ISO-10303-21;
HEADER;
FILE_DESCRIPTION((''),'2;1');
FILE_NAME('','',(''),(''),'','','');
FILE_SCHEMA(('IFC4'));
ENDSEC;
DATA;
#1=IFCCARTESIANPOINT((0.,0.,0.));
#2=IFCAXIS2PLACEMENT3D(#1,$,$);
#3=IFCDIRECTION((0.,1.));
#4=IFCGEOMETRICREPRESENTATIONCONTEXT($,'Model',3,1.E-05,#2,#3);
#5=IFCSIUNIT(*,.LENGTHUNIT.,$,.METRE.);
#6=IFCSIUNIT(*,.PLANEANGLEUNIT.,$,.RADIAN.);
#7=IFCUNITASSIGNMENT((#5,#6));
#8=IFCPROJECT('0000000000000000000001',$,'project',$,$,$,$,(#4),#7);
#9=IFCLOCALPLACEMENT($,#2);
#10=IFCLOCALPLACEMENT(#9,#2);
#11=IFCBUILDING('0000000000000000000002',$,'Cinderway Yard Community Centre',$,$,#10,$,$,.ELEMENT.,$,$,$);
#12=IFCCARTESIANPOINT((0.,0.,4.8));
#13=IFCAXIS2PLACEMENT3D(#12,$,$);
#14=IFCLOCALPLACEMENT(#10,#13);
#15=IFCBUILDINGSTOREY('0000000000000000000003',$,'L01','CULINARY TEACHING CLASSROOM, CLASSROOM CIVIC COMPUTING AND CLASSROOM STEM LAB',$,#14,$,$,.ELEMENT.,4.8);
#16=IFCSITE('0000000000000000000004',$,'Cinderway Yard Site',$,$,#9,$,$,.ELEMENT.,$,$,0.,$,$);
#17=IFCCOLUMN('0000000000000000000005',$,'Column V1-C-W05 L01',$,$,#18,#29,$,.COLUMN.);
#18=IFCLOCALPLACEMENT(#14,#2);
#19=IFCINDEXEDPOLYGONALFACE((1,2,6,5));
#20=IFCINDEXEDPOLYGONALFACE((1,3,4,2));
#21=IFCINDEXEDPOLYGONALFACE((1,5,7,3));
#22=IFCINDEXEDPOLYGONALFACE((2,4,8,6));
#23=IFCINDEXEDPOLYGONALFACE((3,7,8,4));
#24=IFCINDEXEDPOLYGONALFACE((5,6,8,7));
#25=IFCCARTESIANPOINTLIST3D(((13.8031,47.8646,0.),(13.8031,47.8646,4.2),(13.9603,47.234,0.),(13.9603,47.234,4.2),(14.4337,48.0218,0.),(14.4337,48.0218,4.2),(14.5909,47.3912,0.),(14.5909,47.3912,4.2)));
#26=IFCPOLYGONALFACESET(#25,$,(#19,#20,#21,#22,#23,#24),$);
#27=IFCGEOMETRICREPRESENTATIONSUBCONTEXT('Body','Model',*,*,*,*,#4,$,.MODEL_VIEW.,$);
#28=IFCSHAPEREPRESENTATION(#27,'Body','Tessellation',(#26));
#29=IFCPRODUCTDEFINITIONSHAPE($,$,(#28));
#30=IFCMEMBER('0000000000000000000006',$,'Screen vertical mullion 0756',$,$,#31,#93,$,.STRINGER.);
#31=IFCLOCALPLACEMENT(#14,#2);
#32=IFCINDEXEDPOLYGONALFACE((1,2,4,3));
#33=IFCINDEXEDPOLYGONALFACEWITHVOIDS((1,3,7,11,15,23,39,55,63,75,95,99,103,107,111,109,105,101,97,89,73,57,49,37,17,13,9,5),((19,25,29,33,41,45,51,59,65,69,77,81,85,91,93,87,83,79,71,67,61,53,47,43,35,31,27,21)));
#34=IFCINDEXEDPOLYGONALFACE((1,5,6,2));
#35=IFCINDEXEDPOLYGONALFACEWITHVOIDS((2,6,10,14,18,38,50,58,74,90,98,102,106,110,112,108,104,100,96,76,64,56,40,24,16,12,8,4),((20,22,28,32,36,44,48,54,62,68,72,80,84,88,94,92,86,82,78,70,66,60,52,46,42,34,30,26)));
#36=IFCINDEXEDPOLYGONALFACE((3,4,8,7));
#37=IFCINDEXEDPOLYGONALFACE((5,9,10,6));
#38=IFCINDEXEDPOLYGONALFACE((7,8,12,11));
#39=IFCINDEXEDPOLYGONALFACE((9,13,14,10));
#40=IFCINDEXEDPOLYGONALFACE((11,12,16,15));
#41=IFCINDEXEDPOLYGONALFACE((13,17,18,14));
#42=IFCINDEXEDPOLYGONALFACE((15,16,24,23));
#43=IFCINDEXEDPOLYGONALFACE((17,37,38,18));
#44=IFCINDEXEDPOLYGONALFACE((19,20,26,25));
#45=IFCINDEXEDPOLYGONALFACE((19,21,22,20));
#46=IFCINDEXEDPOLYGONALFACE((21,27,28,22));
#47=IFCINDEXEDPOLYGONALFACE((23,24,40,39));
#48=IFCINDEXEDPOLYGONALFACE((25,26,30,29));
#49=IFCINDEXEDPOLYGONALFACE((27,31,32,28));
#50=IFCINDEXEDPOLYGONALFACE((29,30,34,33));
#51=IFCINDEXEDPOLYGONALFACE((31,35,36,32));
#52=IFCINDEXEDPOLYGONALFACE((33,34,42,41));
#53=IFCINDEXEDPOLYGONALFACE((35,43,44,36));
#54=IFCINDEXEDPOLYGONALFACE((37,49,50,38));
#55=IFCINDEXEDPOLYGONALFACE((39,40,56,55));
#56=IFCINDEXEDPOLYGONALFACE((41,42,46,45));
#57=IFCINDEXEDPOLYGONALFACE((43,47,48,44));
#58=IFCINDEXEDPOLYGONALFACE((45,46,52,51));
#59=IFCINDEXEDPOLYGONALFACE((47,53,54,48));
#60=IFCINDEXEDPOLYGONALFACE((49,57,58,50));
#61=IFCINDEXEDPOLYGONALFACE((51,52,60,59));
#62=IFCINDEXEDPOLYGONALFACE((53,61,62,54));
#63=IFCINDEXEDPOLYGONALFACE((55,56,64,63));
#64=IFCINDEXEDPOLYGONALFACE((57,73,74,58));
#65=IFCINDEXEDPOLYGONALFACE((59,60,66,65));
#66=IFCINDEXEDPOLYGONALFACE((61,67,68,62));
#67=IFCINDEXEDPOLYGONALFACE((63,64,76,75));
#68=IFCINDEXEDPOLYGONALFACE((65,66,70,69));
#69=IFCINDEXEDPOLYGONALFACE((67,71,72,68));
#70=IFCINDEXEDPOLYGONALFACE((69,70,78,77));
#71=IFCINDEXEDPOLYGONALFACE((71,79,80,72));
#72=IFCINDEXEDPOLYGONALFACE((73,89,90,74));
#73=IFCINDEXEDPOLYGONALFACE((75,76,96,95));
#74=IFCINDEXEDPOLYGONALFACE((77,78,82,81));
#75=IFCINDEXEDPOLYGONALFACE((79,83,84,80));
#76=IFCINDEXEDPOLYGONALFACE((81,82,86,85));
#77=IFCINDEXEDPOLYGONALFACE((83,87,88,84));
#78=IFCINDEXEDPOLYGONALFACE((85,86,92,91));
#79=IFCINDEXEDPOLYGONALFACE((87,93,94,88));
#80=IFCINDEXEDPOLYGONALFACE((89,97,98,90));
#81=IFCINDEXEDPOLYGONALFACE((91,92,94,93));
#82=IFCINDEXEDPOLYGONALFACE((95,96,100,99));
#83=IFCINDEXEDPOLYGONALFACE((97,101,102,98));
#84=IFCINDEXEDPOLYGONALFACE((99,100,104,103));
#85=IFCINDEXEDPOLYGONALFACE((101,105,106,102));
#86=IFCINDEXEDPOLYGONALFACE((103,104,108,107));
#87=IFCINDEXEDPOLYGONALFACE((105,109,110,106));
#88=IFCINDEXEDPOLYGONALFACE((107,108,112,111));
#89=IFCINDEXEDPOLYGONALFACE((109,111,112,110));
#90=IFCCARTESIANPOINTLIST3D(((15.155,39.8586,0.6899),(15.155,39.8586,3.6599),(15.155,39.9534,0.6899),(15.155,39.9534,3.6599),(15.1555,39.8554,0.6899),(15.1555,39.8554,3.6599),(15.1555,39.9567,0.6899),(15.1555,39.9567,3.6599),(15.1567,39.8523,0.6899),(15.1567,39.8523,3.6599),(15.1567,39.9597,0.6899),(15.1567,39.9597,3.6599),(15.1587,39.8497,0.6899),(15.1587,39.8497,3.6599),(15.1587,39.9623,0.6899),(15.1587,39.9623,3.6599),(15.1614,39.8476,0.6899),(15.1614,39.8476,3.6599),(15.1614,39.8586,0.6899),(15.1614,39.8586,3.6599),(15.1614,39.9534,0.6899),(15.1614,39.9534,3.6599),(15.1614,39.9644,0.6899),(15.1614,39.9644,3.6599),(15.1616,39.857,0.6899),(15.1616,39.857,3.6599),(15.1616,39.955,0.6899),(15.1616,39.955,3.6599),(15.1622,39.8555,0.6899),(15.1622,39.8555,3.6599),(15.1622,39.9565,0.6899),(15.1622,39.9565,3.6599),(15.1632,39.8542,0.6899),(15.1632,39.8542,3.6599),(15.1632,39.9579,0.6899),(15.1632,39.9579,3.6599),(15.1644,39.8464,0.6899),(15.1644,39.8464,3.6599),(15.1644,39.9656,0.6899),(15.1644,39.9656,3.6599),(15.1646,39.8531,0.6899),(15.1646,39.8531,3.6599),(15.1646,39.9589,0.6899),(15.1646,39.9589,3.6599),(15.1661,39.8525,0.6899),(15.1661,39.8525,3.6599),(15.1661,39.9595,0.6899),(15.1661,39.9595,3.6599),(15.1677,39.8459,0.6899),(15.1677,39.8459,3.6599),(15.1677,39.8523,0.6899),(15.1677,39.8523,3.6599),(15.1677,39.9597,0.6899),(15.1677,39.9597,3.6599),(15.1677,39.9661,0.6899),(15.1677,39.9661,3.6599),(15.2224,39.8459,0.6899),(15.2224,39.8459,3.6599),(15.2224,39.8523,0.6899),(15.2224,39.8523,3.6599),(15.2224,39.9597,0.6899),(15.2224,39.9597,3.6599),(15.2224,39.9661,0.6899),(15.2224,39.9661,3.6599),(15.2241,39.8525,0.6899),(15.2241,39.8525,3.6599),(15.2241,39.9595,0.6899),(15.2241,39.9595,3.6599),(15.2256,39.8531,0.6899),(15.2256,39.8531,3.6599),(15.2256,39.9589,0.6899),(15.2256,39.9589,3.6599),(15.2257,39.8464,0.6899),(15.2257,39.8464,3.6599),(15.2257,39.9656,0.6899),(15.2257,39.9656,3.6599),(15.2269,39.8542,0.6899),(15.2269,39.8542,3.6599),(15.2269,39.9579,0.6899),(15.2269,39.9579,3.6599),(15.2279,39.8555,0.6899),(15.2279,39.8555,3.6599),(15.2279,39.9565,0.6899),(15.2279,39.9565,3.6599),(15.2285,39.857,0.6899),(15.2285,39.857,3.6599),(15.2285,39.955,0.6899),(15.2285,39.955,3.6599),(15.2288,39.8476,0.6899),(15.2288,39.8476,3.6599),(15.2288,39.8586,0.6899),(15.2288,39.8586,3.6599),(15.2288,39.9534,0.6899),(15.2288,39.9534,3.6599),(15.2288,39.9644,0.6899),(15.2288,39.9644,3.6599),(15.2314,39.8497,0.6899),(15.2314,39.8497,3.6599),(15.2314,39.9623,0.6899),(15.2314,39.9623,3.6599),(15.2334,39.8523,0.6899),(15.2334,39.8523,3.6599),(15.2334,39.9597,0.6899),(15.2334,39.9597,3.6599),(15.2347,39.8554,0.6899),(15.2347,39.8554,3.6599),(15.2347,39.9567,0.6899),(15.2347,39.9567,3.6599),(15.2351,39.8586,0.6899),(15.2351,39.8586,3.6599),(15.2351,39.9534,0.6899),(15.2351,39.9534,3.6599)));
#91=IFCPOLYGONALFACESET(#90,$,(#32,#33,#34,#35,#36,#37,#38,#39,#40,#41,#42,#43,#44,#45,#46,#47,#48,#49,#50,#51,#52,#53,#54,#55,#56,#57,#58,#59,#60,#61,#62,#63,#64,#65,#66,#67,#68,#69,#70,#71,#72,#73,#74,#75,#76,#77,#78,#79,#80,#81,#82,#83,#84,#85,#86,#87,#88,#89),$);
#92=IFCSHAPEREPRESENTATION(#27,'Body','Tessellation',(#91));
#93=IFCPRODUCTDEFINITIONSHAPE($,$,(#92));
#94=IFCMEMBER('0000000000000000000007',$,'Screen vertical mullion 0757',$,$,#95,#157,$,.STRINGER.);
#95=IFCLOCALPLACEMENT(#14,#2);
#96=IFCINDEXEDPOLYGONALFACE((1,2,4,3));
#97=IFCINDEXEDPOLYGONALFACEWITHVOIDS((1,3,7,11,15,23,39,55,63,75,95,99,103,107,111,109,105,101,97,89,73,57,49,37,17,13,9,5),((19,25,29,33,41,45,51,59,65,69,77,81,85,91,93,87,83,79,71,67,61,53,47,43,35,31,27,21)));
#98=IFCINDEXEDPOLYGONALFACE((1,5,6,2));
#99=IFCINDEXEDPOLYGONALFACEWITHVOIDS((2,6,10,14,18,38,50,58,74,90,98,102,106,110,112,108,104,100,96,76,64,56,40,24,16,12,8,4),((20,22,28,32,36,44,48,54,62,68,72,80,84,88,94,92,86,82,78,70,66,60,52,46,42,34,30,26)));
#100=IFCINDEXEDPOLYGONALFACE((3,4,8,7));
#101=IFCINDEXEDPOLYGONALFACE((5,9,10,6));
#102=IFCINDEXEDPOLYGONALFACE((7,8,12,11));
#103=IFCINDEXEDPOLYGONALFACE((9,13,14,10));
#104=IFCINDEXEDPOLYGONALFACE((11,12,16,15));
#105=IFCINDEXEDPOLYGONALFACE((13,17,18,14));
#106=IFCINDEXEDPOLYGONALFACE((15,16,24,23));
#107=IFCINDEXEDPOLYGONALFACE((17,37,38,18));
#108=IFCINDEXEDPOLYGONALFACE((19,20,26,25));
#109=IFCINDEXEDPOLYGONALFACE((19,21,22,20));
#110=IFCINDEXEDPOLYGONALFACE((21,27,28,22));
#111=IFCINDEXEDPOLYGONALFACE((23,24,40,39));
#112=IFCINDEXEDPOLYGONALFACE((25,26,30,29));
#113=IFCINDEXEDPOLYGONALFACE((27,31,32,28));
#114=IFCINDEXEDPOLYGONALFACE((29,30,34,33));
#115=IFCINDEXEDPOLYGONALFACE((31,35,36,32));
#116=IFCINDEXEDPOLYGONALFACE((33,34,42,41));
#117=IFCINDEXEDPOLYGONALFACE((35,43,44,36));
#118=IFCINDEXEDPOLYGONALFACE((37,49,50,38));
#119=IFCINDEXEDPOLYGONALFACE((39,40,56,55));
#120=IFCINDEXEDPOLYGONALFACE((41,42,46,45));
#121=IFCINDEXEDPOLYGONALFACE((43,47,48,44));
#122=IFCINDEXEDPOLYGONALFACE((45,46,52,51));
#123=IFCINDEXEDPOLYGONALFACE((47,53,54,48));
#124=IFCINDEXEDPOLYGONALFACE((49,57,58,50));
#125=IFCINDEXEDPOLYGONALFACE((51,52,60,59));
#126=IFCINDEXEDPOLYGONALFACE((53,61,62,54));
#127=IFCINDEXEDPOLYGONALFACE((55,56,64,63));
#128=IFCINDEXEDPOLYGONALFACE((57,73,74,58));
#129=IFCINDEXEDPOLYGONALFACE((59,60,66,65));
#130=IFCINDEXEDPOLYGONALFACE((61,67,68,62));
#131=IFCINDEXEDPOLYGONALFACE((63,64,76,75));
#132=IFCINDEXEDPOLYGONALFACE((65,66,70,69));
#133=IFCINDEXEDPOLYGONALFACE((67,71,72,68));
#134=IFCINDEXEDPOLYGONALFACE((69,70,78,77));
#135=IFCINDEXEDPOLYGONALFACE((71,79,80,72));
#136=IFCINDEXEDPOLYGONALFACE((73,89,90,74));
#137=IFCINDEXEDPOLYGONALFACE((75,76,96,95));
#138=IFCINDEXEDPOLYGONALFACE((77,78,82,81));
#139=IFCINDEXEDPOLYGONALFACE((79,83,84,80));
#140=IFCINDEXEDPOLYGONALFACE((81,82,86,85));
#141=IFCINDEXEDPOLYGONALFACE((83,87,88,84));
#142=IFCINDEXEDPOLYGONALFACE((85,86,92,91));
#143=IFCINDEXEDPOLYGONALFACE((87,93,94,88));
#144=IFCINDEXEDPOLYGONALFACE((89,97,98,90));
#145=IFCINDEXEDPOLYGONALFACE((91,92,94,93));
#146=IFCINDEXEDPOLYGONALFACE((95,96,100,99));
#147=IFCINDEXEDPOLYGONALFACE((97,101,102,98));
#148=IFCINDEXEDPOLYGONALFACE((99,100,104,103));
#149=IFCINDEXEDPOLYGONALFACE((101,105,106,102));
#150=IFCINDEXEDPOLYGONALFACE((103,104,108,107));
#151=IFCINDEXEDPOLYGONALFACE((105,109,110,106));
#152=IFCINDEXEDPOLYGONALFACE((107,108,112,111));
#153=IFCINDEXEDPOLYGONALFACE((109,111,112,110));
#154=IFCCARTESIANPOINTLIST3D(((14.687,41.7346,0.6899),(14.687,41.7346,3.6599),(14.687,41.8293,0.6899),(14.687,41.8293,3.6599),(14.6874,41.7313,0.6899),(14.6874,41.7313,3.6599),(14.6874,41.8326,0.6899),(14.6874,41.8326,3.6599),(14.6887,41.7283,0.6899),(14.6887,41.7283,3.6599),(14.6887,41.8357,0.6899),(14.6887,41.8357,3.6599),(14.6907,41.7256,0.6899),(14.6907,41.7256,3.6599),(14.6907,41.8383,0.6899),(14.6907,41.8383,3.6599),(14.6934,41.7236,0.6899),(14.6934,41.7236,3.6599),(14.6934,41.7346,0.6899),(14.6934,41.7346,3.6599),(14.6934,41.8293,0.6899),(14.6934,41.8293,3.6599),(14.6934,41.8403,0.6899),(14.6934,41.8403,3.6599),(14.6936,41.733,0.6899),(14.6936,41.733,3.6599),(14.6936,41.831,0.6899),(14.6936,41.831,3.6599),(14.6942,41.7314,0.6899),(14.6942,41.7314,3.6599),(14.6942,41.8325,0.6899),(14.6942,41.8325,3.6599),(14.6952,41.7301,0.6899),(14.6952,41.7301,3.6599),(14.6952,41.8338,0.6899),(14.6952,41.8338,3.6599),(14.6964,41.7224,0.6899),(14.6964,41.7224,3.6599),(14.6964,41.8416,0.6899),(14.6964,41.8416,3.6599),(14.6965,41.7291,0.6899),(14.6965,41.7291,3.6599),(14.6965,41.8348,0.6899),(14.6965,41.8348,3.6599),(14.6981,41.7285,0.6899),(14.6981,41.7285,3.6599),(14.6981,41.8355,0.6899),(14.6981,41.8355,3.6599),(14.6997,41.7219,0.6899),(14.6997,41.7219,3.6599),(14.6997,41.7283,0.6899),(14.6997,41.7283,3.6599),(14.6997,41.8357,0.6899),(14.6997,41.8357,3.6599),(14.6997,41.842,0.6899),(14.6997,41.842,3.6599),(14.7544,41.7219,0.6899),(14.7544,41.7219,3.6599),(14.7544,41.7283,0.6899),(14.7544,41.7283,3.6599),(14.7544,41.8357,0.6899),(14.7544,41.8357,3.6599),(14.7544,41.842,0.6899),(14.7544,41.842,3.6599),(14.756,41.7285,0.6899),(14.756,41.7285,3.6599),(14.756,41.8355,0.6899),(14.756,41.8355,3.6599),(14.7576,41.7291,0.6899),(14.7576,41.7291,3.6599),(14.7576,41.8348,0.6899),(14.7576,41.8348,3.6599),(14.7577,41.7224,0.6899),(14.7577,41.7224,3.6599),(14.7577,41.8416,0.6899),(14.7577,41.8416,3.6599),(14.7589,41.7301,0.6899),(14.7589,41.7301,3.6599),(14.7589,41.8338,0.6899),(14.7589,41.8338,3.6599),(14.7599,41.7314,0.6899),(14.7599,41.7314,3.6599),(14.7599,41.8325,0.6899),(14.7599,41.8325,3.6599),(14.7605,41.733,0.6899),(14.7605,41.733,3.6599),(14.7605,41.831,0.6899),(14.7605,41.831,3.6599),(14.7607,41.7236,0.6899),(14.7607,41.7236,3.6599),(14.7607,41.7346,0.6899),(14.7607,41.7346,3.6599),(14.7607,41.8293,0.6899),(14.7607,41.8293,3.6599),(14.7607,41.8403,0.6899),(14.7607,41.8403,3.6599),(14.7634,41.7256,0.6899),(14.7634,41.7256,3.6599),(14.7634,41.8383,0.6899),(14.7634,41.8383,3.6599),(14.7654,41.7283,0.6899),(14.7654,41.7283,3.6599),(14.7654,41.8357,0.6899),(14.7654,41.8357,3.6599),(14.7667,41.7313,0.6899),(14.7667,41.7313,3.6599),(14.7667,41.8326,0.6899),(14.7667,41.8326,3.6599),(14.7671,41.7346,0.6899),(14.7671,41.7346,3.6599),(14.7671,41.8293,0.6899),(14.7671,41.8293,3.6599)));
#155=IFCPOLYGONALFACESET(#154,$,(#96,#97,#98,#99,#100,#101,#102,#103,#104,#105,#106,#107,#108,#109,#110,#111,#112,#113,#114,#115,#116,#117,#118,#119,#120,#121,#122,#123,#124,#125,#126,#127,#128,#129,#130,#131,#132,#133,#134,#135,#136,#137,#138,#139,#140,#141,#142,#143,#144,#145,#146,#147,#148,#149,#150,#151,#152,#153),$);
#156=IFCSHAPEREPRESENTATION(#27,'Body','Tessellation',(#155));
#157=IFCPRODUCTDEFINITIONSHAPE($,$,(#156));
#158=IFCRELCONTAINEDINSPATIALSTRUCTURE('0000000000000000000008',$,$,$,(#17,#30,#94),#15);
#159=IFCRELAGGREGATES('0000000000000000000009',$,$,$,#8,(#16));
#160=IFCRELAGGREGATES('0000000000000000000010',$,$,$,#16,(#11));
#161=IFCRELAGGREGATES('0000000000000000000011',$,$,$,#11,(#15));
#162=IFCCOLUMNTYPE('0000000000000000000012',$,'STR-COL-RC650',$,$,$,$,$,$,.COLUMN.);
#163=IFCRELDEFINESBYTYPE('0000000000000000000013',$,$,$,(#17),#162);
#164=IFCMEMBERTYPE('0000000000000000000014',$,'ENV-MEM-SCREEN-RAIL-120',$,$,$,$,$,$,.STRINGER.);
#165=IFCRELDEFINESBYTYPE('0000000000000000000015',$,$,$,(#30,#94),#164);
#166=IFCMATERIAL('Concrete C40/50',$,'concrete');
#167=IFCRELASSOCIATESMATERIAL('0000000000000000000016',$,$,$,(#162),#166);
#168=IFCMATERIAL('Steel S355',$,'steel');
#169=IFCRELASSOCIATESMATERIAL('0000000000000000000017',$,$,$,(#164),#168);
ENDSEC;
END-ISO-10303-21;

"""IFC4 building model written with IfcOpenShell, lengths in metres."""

from ifc_helpers import new_model, si_unit, direction, frame, origin, origin_2d, place, context, subcontext, project, spatial, rectangle, hollow_rectangle, extrude, material, material_profile, profile_set, type_object, element, save


model = new_model("IFC4")

# Units and contexts
model_context = context("Model", 3, precision=1e-05, world=origin(), true_north=direction((0.0, 1.0)))
body_context = subcontext(model_context, "Body", "Model", "MODEL_VIEW")
ifc_project = project(units=[si_unit("LENGTHUNIT", "METRE"), si_unit("PLANEANGLEUNIT", "RADIAN")], contexts=[model_context])

# Site, building, storey
site_placement = place(None, origin())
site = spatial("IfcSite", under=ifc_project, at=site_placement, Name="Cinderway Yard Site", CompositionType="ELEMENT", RefElevation=0.0)
building_placement = place(site_placement, origin())
building = spatial("IfcBuilding", under=site, at=building_placement, Name="Cinderway Yard Community Centre", CompositionType="ELEMENT")
storey_placement = place(building_placement, frame((0.0, 0.0, 4.8)))
storey = spatial("IfcBuildingStorey", under=building, at=storey_placement, Name="L01", Description="CULINARY TEACHING CLASSROOM, CLASSROOM CIVIC COMPUTING AND CLASSROOM STEM LAB", CompositionType="ELEMENT", Elevation=4.8)

# Column
ifc_material_1 = material(Name="Concrete C40/50", Category="concrete")
ifc_material_profile_1 = material_profile(ifc_material_1, rectangle(XDim=0.6499, YDim=0.6499, at=origin_2d()), Name="Concrete C40/50")
ifc_profile_set_1 = profile_set([ifc_material_profile_1], Name="Concrete C40/50")
column_type = type_object("IfcColumnType", Name="STR-COL-RC650", PredefinedType="COLUMN", material=ifc_profile_set_1)
column_placement = place(storey_placement, frame((14.197, 47.6279, 0.0), z_axis=(0.0, 0.0, 1.0), x_axis=(0.970296, 0.241922, 0.0)))
element("IfcColumn", 1, at=column_placement, inside=storey, type_object=column_type, Name="Column V1-C-W05 L01", PredefinedType="COLUMN", context=body_context, shape_type="SweptSolid", body=[
    extrude(rectangle(XDim=0.6499, YDim=0.6499, at=origin_2d()), origin(), (0.0, 0.0, 1.0), 4.2),
])

# Members
ifc_material_2 = material(Name="Steel S355", Category="steel")
ifc_material_profile_2 = material_profile(ifc_material_2, hollow_rectangle(XDim=0.0801, YDim=0.1201, WallThickness=0.0063, InnerFilletRadius=0.0063, OuterFilletRadius=0.0127, at=origin_2d()), Name="Steel S355")
ifc_profile_set_2 = profile_set([ifc_material_profile_2], Name="Steel S355")
member_type_1 = type_object("IfcMemberType", Name="ENV-MEM-SCREEN-RAIL-120", PredefinedType="STRINGER", material=ifc_profile_set_2)
for number, where, z_axis, x_axis, name in (
    (2, (15.1951, 39.906, 0.6899), (0.0, 0.0, 1.0), (1.0, 0.0, 0.0), "Screen vertical mullion 0756"),
    (3, (14.7271, 41.782, 0.6899), (0.0, 0.0, 1.0), (1.0, 0.0, 0.0), "Screen vertical mullion 0757"),
):
    element("IfcMember", number, at=place(storey_placement, frame(where, z_axis=z_axis, x_axis=x_axis)), inside=storey, type_object=member_type_1, Name=name, PredefinedType="STRINGER", context=body_context, shape_type="SweptSolid", body=[
        extrude(hollow_rectangle(XDim=0.0801, YDim=0.1201, WallThickness=0.0063, InnerFilletRadius=0.0063, OuterFilletRadius=0.0127, at=origin_2d()), origin(), (0.0, 0.0, 1.0), 2.97),
    ])

save(model, "model.ifc")
